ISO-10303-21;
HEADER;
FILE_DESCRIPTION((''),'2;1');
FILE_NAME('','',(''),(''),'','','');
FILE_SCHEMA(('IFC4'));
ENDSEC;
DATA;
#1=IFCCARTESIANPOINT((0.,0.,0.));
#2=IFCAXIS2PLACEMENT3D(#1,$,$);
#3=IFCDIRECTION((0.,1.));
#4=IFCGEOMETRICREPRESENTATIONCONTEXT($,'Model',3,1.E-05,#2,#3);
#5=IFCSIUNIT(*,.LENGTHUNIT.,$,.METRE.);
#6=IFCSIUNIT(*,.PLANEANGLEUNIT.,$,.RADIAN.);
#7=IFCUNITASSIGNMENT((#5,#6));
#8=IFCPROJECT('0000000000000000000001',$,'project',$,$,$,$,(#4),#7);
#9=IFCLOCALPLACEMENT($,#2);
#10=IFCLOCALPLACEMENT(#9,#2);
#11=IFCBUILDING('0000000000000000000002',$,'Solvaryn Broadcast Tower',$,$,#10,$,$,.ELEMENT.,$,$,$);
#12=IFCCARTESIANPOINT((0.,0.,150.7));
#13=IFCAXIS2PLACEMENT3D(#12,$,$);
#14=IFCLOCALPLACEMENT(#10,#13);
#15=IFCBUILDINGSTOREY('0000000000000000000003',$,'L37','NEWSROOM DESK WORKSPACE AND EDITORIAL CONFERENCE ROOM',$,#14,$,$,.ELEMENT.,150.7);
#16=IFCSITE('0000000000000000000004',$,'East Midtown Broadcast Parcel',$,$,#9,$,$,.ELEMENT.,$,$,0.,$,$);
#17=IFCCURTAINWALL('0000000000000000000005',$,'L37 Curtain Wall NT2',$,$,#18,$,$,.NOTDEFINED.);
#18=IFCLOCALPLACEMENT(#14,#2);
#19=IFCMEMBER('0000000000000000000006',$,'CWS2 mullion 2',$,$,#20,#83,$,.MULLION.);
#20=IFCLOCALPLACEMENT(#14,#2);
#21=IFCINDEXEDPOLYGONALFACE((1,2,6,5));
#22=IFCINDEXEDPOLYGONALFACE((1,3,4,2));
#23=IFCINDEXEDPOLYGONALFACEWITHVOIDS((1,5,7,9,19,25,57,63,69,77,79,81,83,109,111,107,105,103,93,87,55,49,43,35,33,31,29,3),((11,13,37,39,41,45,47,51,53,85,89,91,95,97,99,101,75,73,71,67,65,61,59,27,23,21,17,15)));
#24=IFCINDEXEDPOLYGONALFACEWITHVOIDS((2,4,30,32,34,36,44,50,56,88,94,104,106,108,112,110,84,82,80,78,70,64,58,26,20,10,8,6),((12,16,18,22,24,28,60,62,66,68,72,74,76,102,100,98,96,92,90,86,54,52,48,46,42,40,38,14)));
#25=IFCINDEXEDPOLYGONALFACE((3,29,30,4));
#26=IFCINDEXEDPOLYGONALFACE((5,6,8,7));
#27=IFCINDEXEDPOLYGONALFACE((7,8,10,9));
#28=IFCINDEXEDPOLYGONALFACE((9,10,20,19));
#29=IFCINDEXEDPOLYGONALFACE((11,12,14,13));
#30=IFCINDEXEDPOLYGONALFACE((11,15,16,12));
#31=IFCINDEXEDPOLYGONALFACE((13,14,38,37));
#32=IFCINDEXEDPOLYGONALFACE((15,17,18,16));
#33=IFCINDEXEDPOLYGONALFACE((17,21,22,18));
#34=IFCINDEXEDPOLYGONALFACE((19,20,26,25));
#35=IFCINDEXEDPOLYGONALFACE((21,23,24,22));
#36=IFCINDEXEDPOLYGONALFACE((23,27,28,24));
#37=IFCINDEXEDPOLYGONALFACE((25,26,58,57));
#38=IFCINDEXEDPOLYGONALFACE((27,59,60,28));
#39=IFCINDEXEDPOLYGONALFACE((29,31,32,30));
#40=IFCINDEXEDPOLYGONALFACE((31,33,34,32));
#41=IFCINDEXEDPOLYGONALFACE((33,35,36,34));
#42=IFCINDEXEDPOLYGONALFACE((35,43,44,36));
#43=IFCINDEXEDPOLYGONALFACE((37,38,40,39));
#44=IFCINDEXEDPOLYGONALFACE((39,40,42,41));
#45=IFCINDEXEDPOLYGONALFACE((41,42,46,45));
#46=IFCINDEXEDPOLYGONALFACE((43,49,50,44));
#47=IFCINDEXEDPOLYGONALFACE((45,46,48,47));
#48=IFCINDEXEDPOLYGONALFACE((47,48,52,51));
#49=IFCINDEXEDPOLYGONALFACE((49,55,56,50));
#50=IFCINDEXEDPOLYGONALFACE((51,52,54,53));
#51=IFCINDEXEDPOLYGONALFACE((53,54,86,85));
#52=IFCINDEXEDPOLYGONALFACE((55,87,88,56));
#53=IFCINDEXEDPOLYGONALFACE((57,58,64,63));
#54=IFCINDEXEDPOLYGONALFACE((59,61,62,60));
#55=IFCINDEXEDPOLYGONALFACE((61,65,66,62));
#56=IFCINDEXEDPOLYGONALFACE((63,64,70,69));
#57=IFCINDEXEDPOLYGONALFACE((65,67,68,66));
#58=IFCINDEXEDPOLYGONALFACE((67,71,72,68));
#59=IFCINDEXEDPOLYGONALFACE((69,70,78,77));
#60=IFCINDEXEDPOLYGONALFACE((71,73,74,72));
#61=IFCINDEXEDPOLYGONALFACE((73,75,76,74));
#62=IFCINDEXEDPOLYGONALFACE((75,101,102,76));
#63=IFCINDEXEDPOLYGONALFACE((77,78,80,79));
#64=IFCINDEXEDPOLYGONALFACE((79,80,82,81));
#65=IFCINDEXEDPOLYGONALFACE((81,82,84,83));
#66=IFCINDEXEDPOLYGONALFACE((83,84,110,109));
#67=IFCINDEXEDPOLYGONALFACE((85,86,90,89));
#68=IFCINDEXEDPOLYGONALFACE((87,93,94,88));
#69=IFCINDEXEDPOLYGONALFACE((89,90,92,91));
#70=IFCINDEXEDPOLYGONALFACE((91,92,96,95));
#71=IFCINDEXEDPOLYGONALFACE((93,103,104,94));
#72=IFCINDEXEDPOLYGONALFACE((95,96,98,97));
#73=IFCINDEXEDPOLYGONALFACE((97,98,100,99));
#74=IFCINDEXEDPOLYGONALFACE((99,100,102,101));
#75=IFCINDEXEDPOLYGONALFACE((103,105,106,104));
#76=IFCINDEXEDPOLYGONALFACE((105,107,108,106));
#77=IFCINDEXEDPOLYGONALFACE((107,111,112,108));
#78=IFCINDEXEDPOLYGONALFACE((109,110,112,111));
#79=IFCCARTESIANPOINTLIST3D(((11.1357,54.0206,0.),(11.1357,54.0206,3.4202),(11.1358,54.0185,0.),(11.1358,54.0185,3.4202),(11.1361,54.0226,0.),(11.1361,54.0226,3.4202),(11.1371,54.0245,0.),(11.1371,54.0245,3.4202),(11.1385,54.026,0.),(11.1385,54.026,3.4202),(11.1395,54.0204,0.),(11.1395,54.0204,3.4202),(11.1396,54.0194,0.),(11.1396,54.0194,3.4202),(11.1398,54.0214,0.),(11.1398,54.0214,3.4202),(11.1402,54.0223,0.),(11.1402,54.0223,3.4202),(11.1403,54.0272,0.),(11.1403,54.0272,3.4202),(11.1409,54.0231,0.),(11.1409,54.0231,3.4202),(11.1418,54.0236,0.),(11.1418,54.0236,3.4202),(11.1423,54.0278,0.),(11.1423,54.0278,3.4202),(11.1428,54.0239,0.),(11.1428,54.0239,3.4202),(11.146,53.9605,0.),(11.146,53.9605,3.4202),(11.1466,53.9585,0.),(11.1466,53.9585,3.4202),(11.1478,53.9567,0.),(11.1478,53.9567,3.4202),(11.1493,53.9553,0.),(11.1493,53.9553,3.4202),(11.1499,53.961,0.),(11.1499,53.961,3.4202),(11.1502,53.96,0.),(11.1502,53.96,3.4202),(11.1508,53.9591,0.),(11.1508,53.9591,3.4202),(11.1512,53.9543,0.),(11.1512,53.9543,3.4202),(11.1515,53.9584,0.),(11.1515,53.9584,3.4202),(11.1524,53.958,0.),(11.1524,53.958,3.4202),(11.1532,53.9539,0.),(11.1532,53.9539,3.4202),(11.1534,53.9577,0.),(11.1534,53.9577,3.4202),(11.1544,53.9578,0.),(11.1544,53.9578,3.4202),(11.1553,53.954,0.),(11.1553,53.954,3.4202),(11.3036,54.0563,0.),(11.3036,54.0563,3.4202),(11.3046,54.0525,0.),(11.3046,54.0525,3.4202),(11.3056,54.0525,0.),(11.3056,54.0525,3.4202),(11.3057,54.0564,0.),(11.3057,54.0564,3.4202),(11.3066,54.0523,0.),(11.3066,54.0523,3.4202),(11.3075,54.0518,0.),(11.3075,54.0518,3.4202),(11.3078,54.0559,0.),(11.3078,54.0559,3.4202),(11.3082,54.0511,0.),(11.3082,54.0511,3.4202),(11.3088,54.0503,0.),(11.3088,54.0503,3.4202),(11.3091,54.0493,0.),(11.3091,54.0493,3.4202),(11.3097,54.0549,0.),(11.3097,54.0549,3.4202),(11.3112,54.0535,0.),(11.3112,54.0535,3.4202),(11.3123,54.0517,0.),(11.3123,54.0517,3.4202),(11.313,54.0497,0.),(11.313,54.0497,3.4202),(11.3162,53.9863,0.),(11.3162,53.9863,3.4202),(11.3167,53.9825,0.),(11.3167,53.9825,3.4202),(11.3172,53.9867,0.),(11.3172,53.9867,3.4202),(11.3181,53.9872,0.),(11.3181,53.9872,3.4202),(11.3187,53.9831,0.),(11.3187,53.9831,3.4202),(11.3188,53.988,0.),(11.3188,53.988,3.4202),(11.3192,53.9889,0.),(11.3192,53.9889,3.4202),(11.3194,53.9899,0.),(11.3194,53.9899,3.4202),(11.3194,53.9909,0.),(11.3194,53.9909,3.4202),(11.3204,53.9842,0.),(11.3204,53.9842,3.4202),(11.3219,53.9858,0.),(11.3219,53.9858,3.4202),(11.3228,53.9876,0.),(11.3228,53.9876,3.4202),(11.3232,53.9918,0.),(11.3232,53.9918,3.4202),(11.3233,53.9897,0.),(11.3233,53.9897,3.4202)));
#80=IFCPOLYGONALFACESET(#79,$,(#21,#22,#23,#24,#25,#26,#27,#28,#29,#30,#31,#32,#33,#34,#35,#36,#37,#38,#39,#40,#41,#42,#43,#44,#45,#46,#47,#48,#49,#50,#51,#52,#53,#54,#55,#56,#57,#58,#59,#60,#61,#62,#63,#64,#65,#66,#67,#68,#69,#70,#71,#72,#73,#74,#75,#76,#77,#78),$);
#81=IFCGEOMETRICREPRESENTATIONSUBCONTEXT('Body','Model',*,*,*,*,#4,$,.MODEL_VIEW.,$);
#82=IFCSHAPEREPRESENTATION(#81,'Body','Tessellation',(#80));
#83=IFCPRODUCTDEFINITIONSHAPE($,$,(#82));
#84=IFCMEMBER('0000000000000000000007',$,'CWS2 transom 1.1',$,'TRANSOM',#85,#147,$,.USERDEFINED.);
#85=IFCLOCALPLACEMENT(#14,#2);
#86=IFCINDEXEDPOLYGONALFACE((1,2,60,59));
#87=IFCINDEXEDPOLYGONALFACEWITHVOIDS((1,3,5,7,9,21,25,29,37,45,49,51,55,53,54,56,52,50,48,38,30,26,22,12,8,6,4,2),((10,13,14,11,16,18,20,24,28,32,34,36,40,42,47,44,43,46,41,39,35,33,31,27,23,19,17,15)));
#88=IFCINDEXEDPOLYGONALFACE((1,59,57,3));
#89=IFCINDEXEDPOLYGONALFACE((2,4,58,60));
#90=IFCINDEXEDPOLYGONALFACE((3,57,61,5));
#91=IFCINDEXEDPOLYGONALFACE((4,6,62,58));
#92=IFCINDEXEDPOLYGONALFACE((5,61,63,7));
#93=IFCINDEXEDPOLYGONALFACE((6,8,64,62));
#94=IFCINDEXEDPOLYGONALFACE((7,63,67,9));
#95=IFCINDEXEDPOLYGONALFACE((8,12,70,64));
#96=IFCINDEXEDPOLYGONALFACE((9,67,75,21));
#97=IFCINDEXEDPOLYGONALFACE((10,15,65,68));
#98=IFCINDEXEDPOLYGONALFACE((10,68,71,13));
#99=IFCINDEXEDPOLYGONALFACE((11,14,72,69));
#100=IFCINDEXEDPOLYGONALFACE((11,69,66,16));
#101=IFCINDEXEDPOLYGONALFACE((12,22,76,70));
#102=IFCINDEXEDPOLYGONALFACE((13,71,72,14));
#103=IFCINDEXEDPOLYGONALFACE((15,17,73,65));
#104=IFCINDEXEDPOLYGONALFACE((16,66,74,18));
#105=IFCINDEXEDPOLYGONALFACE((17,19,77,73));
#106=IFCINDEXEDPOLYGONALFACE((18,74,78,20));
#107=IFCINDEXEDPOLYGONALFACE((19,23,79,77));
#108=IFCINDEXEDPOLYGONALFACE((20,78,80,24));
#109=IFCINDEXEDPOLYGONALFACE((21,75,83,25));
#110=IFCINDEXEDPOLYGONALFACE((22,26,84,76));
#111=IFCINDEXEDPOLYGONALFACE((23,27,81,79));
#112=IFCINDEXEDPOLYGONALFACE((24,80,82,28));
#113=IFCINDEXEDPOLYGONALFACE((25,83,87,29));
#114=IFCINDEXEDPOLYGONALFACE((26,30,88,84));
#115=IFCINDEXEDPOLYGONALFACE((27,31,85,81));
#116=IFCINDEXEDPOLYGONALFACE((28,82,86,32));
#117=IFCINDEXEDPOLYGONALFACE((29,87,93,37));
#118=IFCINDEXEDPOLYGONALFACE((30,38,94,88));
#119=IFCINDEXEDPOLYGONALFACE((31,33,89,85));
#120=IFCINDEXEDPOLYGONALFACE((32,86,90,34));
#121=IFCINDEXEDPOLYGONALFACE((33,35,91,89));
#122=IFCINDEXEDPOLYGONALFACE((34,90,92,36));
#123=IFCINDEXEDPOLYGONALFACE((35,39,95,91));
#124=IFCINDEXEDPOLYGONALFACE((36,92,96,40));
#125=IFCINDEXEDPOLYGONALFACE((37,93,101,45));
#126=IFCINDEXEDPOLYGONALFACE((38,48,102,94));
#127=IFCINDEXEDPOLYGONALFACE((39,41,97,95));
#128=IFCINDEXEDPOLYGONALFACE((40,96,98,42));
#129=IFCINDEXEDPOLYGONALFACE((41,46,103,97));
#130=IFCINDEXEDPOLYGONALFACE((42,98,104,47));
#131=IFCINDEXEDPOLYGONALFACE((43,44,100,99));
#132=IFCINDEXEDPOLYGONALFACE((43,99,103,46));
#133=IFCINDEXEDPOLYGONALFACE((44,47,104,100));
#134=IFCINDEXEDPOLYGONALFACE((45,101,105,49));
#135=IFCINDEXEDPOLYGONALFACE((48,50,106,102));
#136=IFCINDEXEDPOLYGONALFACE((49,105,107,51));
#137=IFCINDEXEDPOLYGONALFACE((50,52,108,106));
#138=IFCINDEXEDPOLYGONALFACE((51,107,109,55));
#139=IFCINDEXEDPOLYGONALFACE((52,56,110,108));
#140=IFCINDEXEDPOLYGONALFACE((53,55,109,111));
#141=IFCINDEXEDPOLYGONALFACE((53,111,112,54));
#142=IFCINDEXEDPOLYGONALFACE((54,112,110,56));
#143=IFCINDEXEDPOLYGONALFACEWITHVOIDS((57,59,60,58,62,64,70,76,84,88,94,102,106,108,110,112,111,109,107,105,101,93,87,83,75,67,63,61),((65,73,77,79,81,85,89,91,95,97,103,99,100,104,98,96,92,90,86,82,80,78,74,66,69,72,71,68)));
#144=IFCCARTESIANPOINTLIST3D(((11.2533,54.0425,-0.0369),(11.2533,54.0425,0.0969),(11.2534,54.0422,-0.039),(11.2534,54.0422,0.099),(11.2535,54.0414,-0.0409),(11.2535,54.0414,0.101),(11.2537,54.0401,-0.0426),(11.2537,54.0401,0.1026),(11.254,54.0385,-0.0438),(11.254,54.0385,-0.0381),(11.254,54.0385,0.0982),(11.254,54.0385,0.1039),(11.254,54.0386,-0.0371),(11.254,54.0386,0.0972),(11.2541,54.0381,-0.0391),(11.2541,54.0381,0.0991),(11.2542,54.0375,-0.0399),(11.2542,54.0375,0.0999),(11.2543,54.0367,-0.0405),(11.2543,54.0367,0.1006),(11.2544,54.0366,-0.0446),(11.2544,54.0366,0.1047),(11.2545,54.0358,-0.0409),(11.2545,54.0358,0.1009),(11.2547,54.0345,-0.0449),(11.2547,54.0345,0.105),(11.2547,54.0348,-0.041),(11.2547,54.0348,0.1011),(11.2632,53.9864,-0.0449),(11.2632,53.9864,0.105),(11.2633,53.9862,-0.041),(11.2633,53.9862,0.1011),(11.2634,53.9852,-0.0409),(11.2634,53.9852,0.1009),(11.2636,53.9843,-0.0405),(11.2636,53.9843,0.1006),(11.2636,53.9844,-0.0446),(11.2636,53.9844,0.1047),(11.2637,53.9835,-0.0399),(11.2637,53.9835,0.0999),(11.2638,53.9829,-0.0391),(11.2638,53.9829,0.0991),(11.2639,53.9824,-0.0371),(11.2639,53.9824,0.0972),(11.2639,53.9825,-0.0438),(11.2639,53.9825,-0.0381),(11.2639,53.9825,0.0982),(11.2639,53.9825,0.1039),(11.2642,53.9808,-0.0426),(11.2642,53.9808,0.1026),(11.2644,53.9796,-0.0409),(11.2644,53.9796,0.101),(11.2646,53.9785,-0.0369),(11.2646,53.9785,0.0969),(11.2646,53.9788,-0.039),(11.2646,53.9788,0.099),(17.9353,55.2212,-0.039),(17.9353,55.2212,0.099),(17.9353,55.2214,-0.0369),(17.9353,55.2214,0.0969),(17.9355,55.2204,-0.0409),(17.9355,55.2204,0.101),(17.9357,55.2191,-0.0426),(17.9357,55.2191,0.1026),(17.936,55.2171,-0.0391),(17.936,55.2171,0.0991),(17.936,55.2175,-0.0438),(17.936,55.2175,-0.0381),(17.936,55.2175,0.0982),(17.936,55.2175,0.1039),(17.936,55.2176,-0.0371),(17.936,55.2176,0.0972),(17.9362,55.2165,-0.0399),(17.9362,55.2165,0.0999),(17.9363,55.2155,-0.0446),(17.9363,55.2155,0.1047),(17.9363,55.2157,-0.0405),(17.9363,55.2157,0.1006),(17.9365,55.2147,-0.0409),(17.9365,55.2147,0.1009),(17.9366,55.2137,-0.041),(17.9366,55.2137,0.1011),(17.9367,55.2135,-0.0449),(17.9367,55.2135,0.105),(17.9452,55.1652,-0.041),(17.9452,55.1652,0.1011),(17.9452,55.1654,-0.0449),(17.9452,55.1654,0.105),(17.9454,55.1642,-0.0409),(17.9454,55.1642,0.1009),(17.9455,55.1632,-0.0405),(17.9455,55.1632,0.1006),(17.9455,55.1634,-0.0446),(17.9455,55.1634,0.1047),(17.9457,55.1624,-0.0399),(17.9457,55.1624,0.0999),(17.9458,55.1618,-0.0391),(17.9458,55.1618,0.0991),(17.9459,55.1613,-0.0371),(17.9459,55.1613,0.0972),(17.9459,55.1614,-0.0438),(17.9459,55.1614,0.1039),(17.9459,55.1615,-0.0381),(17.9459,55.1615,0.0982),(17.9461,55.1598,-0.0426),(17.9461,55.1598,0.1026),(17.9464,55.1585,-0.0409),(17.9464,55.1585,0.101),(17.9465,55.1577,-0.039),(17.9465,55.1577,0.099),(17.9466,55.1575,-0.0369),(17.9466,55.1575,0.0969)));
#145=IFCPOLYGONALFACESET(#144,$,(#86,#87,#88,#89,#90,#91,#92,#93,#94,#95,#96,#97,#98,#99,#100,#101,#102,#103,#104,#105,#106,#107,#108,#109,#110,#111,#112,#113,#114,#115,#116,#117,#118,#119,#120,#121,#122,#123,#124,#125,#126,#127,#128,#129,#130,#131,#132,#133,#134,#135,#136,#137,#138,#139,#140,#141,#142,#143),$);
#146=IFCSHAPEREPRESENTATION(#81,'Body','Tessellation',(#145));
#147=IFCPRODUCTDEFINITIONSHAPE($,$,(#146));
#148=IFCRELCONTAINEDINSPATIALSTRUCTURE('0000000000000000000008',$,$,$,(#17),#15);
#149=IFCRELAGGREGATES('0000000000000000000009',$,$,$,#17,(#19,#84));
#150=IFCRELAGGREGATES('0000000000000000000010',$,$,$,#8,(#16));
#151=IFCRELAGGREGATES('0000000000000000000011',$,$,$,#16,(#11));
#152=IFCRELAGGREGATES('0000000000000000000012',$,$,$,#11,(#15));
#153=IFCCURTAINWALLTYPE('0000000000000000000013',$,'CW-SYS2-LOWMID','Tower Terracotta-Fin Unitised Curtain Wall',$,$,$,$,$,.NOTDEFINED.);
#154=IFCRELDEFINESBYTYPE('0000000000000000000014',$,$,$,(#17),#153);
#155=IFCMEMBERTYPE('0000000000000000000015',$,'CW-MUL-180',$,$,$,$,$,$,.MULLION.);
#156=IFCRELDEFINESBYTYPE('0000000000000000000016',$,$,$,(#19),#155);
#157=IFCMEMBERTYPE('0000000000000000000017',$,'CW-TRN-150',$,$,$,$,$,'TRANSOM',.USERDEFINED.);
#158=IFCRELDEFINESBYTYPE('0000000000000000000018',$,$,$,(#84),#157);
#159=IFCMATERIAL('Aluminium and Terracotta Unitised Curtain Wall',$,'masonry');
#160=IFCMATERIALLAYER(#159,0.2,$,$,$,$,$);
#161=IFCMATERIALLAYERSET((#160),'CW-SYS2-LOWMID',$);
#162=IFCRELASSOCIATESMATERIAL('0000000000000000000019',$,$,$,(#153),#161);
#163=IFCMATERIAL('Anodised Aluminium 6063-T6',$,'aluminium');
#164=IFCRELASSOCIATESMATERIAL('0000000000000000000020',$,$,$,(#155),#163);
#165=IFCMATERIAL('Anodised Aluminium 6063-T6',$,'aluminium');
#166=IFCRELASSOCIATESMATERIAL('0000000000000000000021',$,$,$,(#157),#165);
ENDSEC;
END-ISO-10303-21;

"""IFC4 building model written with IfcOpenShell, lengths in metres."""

from ifc_helpers import new_model, si_unit, direction, frame, origin, origin_2d, place, context, subcontext, project, spatial, hollow_rectangle, extrude, material, layer, layer_set, material_profile, profile_set, type_object, element, aggregate, save


model = new_model("IFC4")

# Units and contexts
model_context = context("Model", 3, precision=1e-05, world=origin(), true_north=direction((0.0, 1.0)))
body_context = subcontext(model_context, "Body", "Model", "MODEL_VIEW")
ifc_project = project(units=[si_unit("LENGTHUNIT", "METRE"), si_unit("PLANEANGLEUNIT", "RADIAN")], contexts=[model_context])

# Site, building, storey
site_placement = place(None, origin())
site = spatial("IfcSite", under=ifc_project, at=site_placement, Name="East Midtown Broadcast Parcel", CompositionType="ELEMENT", RefElevation=0.0)
building_placement = place(site_placement, origin())
building = spatial("IfcBuilding", under=site, at=building_placement, Name="Solvaryn Broadcast Tower", CompositionType="ELEMENT")
storey_placement = place(building_placement, frame((0.0, 0.0, 150.7)))
storey = spatial("IfcBuildingStorey", under=building, at=storey_placement, Name="L37", Description="NEWSROOM DESK WORKSPACE AND EDITORIAL CONFERENCE ROOM", CompositionType="ELEMENT", Elevation=150.7)

# Shared definitions
ifc_material_1 = material(Name="Aluminium and Terracotta Unitised Curtain Wall", Category="masonry")
ifc_layer_1 = layer(ifc_material_1, 0.2)
ifc_layer_set_1 = layer_set([ifc_layer_1], Name="CW-SYS2-LOWMID")
curtain_wall_type = type_object("IfcCurtainWallType", Name="CW-SYS2-LOWMID", Description="Tower Terracotta-Fin Unitised Curtain Wall", PredefinedType="NOTDEFINED", material=ifc_layer_set_1)
ifc_material_2 = material(Name="Anodised Aluminium 6063-T6", Category="aluminium")
ifc_material_profile_1 = material_profile(ifc_material_2, hollow_rectangle(XDim=0.075, YDim=0.1799, WallThickness=0.0039, InnerFilletRadius=0.0039, OuterFilletRadius=0.0081, at=origin_2d()))
ifc_profile_set_1 = profile_set([ifc_material_profile_1], Name="Anodised Aluminium 6063-T6")
member_type_1 = type_object("IfcMemberType", Name="CW-MUL-180", PredefinedType="MULLION", material=ifc_profile_set_1)

# Curtain wall, members
curtain_wall_1_placement = place(storey_placement, origin())
curtain_wall_1 = element("IfcCurtainWall", 1, at=curtain_wall_1_placement, inside=storey, type_object=curtain_wall_type, Name="L37 Curtain Wall NT2", PredefinedType="NOTDEFINED")
member_1_placement = place(storey_placement, frame((11.2295, 54.0051, 0.0), z_axis=(0.0, 0.0, 1.0), x_axis=(0.173785, -0.984784, 0.0)))
member_1 = element("IfcMember", 2, at=member_1_placement, type_object=member_type_1, Name="CWS2 mullion 2", PredefinedType="MULLION", context=body_context, shape_type="SweptSolid", body=[
    extrude(hollow_rectangle(XDim=0.075, YDim=0.1799, WallThickness=0.0039, InnerFilletRadius=0.0039, OuterFilletRadius=0.0081, at=origin_2d()), origin(), (0.0, 0.0, 1.0), 3.4202),
])
ifc_material_3 = material(Name="Anodised Aluminium 6063-T6", Category="aluminium")
ifc_material_profile_2 = material_profile(ifc_material_3, hollow_rectangle(XDim=0.0649, YDim=0.1499, WallThickness=0.0039, InnerFilletRadius=0.0039, OuterFilletRadius=0.0081, at=origin_2d()))
ifc_profile_set_2 = profile_set([ifc_material_profile_2], Name="Anodised Aluminium 6063-T6")
member_type_2 = type_object("IfcMemberType", Name="CW-TRN-150", ElementType="TRANSOM", PredefinedType="USERDEFINED", material=ifc_profile_set_2)
member_2_placement = place(storey_placement, frame((17.9409, 55.1895, 0.03), z_axis=(-0.984789, -0.173757, 0.0), x_axis=(0.173757, -0.984789, 0.0)))
member_2 = element("IfcMember", 3, at=member_2_placement, type_object=member_type_2, Name="CWS2 transom 1.1", ObjectType="TRANSOM", PredefinedType="USERDEFINED", context=body_context, shape_type="SweptSolid", body=[
    extrude(hollow_rectangle(XDim=0.0649, YDim=0.1499, WallThickness=0.0039, InnerFilletRadius=0.0039, OuterFilletRadius=0.0081, at=origin_2d()), origin(), (0.0, 0.0, 1.0), 6.7852),
])

aggregate(curtain_wall_1, [member_1, member_2])

save(model, "model.ifc")
